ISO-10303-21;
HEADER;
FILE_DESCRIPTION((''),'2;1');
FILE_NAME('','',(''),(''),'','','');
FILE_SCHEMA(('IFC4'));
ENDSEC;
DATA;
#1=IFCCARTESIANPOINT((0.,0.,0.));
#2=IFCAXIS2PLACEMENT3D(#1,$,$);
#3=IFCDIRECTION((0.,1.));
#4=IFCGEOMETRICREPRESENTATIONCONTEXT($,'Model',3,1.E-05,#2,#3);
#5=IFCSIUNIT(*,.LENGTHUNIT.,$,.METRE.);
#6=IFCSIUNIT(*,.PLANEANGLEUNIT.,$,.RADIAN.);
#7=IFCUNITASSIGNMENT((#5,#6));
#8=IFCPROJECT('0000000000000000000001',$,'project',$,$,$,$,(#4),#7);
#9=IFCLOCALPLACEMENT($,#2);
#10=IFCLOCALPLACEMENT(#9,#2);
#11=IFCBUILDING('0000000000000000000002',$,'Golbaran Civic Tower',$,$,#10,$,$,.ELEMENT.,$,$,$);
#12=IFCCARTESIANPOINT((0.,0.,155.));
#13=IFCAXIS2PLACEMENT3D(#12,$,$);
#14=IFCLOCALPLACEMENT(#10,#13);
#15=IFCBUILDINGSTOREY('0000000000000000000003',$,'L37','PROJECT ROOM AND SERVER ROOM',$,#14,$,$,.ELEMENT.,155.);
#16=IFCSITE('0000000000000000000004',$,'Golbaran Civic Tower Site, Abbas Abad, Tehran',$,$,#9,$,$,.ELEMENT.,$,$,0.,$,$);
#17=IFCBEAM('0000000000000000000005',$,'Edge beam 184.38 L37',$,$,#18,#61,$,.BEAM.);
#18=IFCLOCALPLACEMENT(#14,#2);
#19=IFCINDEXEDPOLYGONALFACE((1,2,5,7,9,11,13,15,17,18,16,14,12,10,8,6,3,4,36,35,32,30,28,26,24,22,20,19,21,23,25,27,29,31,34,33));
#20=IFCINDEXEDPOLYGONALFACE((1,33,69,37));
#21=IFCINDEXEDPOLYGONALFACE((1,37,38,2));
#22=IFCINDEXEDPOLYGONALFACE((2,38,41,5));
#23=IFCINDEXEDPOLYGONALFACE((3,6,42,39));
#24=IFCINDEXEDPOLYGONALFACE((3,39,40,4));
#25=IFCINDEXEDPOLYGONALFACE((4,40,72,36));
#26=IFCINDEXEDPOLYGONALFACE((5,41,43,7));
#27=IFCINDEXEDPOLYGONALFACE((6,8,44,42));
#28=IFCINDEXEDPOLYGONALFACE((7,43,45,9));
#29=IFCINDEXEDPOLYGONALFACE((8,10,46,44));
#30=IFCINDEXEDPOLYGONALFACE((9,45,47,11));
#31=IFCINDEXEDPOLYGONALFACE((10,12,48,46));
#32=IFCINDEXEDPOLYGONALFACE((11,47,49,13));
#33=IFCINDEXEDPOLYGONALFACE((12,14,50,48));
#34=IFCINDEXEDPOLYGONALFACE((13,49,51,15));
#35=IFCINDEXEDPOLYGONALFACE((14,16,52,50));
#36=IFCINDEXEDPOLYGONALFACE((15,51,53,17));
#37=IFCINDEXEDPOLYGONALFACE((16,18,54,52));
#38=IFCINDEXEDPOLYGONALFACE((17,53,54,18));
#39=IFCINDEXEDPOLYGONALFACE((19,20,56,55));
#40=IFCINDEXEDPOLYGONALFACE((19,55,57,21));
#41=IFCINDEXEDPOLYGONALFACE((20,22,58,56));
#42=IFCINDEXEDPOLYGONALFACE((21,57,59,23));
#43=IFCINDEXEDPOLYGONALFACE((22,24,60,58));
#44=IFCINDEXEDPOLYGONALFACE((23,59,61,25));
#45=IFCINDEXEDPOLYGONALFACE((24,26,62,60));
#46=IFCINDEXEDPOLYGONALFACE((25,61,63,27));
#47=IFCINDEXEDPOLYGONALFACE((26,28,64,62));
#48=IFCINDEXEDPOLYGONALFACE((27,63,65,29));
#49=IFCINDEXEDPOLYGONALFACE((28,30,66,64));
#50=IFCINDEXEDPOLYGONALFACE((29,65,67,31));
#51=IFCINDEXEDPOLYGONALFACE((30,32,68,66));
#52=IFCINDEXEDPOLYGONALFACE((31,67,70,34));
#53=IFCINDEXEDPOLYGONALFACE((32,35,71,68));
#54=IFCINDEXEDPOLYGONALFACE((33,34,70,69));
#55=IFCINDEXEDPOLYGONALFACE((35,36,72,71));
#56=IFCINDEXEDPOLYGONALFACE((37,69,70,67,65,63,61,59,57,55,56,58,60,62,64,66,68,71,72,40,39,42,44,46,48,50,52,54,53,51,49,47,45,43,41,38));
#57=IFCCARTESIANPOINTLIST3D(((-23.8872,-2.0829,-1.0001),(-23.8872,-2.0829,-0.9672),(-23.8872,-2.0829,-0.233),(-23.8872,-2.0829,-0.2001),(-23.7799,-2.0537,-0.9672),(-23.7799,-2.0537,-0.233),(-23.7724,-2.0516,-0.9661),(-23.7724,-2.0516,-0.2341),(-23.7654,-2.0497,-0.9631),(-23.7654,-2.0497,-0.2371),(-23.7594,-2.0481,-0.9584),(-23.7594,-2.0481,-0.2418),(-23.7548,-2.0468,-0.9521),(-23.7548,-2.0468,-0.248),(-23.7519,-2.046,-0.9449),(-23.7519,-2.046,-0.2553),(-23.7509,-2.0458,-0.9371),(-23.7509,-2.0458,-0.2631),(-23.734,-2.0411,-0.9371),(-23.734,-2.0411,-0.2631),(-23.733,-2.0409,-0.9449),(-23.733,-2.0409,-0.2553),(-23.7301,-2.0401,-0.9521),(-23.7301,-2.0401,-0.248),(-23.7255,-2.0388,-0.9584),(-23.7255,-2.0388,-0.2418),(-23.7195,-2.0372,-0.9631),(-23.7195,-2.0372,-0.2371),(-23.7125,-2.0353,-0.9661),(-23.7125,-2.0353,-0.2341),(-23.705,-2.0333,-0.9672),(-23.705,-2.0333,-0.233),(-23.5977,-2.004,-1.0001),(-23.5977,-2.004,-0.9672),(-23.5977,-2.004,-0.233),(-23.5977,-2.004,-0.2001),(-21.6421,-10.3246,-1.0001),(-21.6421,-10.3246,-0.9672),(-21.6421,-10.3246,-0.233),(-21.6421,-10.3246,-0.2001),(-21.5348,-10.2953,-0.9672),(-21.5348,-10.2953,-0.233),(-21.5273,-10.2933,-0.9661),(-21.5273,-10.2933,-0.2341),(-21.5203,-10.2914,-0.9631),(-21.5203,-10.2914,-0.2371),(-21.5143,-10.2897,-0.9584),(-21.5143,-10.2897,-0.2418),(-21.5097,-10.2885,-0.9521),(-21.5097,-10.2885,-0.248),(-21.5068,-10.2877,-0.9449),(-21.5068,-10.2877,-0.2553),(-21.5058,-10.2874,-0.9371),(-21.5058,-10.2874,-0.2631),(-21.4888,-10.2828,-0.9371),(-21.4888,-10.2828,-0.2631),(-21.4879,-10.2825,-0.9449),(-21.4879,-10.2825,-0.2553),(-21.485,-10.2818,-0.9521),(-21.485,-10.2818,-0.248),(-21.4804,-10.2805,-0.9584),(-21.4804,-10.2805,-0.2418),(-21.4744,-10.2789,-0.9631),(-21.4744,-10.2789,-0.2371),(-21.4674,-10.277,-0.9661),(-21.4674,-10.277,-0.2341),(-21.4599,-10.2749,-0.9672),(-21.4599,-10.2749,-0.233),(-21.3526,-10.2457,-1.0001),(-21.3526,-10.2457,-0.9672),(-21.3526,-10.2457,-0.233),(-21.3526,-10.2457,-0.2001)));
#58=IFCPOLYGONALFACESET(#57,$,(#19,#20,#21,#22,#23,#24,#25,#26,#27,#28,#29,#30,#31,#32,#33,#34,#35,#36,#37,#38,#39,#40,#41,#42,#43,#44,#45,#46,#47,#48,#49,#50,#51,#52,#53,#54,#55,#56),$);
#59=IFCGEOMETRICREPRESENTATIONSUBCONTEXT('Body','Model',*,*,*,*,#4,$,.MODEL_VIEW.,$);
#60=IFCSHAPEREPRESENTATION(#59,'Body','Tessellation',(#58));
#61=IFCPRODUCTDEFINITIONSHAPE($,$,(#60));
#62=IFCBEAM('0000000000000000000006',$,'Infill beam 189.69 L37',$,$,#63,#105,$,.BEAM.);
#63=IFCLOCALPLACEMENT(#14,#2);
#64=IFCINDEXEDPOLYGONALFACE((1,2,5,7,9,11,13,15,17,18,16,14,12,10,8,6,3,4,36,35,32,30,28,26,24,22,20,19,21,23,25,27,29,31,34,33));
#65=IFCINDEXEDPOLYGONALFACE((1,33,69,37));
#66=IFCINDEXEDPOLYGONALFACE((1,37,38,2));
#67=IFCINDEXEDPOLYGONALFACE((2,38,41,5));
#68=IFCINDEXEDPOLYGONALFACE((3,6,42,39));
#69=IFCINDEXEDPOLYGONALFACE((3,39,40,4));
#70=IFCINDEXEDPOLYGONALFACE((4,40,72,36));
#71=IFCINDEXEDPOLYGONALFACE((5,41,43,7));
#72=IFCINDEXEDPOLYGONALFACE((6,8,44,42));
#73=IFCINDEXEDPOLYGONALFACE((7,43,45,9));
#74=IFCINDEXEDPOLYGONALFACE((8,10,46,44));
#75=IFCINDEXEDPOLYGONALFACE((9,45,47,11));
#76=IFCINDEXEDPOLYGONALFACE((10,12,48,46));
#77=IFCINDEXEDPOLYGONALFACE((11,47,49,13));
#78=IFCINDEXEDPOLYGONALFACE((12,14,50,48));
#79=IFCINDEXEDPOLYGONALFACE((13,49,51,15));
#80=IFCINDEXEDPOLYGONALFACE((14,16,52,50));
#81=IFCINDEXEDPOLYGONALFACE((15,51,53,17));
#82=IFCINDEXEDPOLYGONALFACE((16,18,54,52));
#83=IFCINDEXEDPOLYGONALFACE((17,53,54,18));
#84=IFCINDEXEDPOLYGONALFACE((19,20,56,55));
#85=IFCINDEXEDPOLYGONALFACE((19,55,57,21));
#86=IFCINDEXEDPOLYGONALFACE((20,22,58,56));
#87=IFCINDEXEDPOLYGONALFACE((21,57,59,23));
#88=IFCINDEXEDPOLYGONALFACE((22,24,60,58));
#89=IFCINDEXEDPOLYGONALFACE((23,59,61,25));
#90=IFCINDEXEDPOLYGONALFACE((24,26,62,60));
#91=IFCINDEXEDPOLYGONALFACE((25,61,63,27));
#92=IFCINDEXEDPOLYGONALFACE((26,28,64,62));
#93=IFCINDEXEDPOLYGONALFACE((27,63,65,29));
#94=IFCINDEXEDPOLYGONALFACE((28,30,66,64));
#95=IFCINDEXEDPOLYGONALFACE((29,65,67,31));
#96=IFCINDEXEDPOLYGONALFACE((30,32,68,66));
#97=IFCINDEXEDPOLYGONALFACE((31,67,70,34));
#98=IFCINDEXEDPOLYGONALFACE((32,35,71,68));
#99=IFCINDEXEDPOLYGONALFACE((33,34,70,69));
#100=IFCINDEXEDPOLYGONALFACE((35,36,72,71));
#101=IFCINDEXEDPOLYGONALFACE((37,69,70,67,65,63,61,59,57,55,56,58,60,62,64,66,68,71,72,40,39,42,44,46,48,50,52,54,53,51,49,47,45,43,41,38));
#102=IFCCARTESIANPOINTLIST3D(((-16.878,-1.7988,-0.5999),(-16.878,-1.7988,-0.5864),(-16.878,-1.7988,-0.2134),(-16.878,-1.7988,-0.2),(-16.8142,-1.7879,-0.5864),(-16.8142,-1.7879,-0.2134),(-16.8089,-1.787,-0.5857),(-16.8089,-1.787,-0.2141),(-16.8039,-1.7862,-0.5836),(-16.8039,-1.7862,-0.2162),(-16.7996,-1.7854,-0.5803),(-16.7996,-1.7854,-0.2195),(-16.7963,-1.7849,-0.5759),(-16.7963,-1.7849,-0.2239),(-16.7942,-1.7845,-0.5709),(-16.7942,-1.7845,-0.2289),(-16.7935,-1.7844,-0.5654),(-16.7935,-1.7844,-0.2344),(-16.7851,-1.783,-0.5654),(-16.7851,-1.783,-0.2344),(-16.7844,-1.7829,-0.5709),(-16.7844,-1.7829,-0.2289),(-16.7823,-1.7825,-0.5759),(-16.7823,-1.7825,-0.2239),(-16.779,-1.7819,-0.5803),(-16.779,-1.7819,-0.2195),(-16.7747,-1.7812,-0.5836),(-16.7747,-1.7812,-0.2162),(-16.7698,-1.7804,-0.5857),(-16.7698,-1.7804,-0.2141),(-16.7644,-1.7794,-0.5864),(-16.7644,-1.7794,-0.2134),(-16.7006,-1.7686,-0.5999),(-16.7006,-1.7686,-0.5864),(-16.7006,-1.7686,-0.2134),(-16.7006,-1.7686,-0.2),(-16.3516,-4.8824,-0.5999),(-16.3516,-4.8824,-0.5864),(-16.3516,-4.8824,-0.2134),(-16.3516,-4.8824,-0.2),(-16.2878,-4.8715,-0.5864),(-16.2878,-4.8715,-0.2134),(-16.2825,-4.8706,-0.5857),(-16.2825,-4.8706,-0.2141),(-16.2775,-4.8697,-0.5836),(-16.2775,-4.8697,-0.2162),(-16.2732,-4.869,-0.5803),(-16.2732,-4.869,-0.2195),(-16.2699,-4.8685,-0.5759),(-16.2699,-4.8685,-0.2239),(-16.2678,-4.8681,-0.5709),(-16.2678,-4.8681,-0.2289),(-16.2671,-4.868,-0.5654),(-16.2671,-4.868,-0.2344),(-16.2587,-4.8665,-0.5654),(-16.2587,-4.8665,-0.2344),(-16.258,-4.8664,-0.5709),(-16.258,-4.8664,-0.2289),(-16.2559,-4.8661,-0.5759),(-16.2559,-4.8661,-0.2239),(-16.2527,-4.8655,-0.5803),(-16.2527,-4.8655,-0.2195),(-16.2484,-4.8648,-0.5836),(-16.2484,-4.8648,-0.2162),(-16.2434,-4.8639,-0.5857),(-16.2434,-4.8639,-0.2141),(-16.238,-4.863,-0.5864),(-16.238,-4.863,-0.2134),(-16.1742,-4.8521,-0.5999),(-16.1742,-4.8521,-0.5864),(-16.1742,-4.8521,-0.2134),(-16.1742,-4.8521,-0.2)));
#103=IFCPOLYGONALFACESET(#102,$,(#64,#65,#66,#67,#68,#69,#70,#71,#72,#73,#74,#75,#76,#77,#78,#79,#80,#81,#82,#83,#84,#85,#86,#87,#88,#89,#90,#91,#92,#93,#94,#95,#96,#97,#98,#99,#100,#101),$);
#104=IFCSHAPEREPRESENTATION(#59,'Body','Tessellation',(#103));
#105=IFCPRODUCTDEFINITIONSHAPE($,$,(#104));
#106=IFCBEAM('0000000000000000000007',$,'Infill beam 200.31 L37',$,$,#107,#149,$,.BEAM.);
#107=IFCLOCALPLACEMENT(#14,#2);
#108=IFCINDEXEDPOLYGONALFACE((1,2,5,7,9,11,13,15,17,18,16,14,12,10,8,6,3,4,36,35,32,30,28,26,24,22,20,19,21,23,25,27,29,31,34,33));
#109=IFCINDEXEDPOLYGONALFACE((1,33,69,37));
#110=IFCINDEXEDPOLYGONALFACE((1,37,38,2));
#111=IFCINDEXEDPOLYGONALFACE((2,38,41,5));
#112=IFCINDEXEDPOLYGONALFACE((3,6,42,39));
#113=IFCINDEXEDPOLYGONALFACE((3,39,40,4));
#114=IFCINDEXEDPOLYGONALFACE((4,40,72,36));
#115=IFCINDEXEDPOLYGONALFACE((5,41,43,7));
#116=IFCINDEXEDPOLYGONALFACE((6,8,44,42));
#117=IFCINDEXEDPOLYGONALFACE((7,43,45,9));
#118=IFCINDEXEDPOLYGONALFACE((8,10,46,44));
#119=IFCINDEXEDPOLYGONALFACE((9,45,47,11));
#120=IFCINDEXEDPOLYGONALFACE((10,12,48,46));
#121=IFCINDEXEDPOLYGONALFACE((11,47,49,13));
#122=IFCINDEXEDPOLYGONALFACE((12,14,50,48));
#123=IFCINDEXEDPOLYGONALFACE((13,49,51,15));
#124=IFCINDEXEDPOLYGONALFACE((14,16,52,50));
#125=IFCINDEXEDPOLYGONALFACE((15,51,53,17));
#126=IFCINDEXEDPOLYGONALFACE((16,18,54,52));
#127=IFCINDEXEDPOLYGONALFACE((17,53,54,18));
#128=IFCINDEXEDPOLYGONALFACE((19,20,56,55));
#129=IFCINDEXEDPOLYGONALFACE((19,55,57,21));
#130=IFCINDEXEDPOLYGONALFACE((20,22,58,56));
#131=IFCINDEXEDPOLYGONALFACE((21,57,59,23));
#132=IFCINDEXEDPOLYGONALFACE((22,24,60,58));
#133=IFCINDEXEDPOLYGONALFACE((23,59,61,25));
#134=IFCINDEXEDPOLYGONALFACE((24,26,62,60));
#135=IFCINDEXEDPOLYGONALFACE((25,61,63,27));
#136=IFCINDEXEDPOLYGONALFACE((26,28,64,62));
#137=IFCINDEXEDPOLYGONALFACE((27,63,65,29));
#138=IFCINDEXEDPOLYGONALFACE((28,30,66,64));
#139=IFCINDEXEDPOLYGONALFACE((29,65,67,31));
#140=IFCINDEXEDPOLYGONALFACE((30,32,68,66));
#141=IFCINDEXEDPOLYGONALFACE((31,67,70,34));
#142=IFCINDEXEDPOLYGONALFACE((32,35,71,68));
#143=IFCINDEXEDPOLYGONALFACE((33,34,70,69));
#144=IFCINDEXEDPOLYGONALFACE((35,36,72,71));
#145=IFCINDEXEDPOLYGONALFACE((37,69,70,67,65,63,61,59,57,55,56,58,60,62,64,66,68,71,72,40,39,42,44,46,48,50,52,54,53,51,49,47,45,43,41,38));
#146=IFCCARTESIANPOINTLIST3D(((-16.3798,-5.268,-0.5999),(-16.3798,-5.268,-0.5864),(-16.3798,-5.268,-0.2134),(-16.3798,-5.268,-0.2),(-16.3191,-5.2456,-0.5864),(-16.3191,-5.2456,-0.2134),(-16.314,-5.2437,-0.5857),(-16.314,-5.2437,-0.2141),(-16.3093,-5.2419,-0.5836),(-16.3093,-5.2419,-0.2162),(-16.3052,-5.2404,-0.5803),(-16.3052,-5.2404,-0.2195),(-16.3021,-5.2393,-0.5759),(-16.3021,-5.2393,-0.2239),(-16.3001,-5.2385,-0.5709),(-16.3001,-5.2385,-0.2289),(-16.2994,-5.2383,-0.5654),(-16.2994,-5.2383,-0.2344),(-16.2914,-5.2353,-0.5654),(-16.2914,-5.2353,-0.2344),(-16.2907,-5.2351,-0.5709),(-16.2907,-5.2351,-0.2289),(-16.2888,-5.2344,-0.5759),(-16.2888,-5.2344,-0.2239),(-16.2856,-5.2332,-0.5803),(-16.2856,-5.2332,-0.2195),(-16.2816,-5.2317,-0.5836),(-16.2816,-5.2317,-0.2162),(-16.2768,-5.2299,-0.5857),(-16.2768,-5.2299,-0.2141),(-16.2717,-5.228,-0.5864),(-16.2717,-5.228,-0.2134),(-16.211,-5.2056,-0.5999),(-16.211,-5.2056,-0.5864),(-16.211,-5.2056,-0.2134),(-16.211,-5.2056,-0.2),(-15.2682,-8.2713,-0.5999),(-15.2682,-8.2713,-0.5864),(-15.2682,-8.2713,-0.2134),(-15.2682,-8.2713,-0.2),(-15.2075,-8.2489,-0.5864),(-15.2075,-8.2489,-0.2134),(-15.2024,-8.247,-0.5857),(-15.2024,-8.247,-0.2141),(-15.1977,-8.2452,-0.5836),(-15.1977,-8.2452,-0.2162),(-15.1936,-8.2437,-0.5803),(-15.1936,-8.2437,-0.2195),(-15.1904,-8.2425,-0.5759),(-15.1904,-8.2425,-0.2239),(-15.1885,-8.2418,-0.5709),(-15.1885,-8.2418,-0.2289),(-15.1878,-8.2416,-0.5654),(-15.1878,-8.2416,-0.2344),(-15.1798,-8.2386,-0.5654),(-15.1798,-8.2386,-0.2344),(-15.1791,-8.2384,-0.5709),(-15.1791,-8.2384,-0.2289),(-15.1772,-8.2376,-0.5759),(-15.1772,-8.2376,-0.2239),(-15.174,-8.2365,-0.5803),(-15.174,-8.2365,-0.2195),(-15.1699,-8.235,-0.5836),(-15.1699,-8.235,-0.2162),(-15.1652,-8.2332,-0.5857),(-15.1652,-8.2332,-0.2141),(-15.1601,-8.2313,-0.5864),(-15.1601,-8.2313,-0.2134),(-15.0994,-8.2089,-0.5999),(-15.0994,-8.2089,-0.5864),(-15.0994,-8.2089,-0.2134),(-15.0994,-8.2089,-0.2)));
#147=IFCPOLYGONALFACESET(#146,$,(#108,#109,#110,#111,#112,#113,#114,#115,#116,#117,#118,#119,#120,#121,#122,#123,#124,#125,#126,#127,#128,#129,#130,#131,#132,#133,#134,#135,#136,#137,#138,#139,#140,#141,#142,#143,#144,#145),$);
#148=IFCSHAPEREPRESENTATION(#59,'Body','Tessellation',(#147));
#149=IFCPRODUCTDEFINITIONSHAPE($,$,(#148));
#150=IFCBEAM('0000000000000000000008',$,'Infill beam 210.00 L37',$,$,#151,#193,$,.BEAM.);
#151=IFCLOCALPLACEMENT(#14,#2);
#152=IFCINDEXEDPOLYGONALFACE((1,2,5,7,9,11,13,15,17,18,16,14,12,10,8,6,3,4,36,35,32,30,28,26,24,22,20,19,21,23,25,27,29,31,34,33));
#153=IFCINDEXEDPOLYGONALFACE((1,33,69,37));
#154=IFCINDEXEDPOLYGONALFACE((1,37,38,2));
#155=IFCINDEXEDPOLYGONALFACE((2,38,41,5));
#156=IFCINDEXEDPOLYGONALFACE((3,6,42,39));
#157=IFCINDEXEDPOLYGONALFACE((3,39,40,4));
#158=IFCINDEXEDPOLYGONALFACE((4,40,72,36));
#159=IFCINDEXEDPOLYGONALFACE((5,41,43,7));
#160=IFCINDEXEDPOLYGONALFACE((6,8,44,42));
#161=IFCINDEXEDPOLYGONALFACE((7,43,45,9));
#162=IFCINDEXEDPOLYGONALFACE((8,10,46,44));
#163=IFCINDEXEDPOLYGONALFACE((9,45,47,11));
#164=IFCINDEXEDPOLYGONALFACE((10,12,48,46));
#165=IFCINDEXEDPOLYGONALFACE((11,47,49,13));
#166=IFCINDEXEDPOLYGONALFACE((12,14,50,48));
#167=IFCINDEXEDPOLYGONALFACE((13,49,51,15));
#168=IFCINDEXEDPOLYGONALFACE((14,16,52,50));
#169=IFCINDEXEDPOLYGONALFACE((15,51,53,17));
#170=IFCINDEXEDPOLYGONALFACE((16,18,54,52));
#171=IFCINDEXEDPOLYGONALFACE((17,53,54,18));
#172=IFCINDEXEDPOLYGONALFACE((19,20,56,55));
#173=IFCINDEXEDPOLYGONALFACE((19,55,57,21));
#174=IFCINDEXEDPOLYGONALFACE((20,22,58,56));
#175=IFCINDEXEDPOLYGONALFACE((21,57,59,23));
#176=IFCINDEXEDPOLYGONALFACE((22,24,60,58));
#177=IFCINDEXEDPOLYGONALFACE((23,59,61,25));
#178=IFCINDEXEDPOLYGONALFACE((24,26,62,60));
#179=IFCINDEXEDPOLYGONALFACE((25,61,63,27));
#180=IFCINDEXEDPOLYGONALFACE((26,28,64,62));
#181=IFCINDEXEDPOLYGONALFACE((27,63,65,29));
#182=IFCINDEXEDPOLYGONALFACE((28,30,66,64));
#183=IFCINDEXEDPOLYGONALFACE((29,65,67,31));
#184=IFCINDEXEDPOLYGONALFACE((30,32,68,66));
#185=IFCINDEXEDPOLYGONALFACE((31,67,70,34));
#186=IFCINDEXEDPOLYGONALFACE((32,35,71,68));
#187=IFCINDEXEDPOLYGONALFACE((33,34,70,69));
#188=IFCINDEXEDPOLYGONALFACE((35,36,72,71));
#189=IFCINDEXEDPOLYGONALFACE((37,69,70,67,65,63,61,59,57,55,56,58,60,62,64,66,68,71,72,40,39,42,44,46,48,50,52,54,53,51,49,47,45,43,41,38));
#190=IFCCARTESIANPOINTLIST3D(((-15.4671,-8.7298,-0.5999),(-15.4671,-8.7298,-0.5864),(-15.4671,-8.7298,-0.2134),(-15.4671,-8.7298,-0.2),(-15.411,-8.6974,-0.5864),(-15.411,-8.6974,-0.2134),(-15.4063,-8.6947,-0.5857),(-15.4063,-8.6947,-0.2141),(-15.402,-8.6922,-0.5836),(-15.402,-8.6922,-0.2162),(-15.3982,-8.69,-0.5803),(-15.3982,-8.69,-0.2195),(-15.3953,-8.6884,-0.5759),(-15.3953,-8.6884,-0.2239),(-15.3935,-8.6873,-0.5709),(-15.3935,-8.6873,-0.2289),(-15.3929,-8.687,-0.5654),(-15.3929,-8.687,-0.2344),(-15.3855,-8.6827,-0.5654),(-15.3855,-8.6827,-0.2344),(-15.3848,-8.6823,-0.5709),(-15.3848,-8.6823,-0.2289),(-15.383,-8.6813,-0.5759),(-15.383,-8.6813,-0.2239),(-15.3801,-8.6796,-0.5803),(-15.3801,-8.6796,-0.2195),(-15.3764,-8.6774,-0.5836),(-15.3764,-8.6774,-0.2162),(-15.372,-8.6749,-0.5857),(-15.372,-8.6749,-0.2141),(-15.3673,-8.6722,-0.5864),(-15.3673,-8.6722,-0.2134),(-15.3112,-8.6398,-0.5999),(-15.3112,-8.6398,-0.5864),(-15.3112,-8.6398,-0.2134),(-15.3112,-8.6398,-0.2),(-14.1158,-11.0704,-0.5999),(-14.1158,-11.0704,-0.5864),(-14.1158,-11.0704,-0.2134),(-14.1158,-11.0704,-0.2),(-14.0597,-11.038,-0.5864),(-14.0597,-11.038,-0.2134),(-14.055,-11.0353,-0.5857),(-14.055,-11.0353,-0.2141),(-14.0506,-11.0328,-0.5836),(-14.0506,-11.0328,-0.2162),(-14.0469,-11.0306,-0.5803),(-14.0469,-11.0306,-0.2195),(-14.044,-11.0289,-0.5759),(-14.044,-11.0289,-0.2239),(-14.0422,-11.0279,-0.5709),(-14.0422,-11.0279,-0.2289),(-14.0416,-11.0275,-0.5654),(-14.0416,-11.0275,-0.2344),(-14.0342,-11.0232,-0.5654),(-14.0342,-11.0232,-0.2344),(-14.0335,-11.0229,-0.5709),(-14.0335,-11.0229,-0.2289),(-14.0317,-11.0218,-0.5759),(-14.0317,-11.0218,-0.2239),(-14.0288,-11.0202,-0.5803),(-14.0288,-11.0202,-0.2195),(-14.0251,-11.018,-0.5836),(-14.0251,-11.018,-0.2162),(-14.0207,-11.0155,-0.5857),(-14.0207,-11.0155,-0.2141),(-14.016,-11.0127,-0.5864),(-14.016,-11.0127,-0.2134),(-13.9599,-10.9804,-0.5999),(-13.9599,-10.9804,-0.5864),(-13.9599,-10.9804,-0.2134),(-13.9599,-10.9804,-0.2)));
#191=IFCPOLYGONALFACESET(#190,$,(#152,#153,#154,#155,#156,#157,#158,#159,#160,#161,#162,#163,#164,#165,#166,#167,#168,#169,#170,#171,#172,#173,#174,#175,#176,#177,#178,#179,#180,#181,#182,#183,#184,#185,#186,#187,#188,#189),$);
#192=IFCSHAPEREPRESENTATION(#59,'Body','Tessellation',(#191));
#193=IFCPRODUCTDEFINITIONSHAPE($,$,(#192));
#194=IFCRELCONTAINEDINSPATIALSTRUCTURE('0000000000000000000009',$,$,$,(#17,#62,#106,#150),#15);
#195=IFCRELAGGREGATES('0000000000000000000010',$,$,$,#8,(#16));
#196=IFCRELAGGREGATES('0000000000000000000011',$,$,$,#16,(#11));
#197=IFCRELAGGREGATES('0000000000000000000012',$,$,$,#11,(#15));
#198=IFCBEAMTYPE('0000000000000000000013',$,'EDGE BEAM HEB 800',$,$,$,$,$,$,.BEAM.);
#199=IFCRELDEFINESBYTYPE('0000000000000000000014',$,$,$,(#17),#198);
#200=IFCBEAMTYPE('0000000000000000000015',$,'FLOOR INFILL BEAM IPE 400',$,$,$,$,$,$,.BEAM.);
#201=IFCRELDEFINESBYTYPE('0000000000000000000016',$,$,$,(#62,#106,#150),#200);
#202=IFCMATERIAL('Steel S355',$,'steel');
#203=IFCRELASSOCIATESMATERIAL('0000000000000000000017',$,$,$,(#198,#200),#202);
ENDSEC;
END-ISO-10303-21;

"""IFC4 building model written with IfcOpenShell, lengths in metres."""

from ifc_helpers import new_model, si_unit, direction, frame, origin, origin_2d, place, context, subcontext, project, spatial, i_section, extrude, material, material_profile, profile_set, type_object, element, save


model = new_model("IFC4")

# Units and contexts
model_context = context("Model", 3, precision=1e-05, world=origin(), true_north=direction((0.0, 1.0)))
body_context = subcontext(model_context, "Body", "Model", "MODEL_VIEW")
ifc_project = project(units=[si_unit("LENGTHUNIT", "METRE"), si_unit("PLANEANGLEUNIT", "RADIAN")], contexts=[model_context])

# Site, building, storey
site_placement = place(None, origin())
site = spatial("IfcSite", under=ifc_project, at=site_placement, Name="Golbaran Civic Tower Site, Abbas Abad, Tehran", CompositionType="ELEMENT", RefElevation=0.0)
building_placement = place(site_placement, origin())
building = spatial("IfcBuilding", under=site, at=building_placement, Name="Golbaran Civic Tower", CompositionType="ELEMENT")
storey_placement = place(building_placement, frame((0.0, 0.0, 155.0)))
storey = spatial("IfcBuildingStorey", under=building, at=storey_placement, Name="L37", Description="PROJECT ROOM AND SERVER ROOM", CompositionType="ELEMENT", Elevation=155.0)

# Beams
ifc_material_1 = material(Name="Steel S355", Category="steel")
ifc_material_profile_1 = material_profile(ifc_material_1, i_section(OverallWidth=0.3, OverallDepth=0.8, WebThickness=0.0176, FlangeThickness=0.033, FilletRadius=0.03, at=origin_2d()), Name="HEB 800")
ifc_profile_set_1 = profile_set([ifc_material_profile_1], Name="Steel S355")
beam_type_1 = type_object("IfcBeamType", Name="EDGE BEAM HEB 800", PredefinedType="BEAM", material=ifc_profile_set_1)
beam_1_placement = place(storey_placement, frame((-23.7424, -2.0435, -0.6001), z_axis=(0.262832, -0.964842, 0.0), x_axis=(0.964842, 0.262832, 0.0)))
element("IfcBeam", 1, at=beam_1_placement, inside=storey, type_object=beam_type_1, Name="Edge beam 184.38 L37", PredefinedType="BEAM", context=body_context, shape_type="SweptSolid", body=[
    extrude(i_section(OverallWidth=0.3, OverallDepth=0.8, WebThickness=0.0176, FlangeThickness=0.033, FilletRadius=0.03, at=origin_2d()), origin(), (0.0, 0.0, 1.0), 8.542),
])
ifc_material_profile_2 = material_profile(ifc_material_1, i_section(OverallWidth=0.1799, OverallDepth=0.3999, WebThickness=0.0085, FlangeThickness=0.0134, FilletRadius=0.021, at=origin_2d()), Name="IPE 400")
ifc_profile_set_2 = profile_set([ifc_material_profile_2], Name="Steel S355")
beam_type_2 = type_object("IfcBeamType", Name="FLOOR INFILL BEAM IPE 400", PredefinedType="BEAM", material=ifc_profile_set_2)
beam_2_placement = place(storey_placement, frame((-16.7893, -1.7837, -0.3999), z_axis=(0.168271, -0.985741, 0.0), x_axis=(0.985741, 0.168271, 0.0)))
element("IfcBeam", 2, at=beam_2_placement, inside=storey, type_object=beam_type_2, Name="Infill beam 189.69 L37", PredefinedType="BEAM", context=body_context, shape_type="SweptSolid", body=[
    extrude(i_section(OverallWidth=0.1799, OverallDepth=0.3999, WebThickness=0.0085, FlangeThickness=0.0134, FilletRadius=0.021, at=origin_2d()), origin(), (0.0, 0.0, 1.0), 3.1282),
])
beam_3_placement = place(storey_placement, frame((-16.2954, -5.2368, -0.3999), z_axis=(0.347118, -0.937821, 0.0), x_axis=(0.937821, 0.347118, 0.0)))
element("IfcBeam", 3, at=beam_3_placement, inside=storey, type_object=beam_type_2, Name="Infill beam 200.31 L37", PredefinedType="BEAM", context=body_context, shape_type="SweptSolid", body=[
    extrude(i_section(OverallWidth=0.1799, OverallDepth=0.3999, WebThickness=0.0085, FlangeThickness=0.0134, FilletRadius=0.021, at=origin_2d()), origin(), (0.0, 0.0, 1.0), 3.2024),
])
beam_4_placement = place(storey_placement, frame((-15.3892, -8.6848, -0.3999), z_axis=(0.499996, -0.866028, 0.0), x_axis=(0.866028, 0.499996, 0.0)))
element("IfcBeam", 4, at=beam_4_placement, inside=storey, type_object=beam_type_2, Name="Infill beam 210.00 L37", PredefinedType="BEAM", context=body_context, shape_type="SweptSolid", body=[
    extrude(i_section(OverallWidth=0.1799, OverallDepth=0.3999, WebThickness=0.0085, FlangeThickness=0.0134, FilletRadius=0.021, at=origin_2d()), origin(), (0.0, 0.0, 1.0), 2.7026),
])

save(model, "model.ifc")
